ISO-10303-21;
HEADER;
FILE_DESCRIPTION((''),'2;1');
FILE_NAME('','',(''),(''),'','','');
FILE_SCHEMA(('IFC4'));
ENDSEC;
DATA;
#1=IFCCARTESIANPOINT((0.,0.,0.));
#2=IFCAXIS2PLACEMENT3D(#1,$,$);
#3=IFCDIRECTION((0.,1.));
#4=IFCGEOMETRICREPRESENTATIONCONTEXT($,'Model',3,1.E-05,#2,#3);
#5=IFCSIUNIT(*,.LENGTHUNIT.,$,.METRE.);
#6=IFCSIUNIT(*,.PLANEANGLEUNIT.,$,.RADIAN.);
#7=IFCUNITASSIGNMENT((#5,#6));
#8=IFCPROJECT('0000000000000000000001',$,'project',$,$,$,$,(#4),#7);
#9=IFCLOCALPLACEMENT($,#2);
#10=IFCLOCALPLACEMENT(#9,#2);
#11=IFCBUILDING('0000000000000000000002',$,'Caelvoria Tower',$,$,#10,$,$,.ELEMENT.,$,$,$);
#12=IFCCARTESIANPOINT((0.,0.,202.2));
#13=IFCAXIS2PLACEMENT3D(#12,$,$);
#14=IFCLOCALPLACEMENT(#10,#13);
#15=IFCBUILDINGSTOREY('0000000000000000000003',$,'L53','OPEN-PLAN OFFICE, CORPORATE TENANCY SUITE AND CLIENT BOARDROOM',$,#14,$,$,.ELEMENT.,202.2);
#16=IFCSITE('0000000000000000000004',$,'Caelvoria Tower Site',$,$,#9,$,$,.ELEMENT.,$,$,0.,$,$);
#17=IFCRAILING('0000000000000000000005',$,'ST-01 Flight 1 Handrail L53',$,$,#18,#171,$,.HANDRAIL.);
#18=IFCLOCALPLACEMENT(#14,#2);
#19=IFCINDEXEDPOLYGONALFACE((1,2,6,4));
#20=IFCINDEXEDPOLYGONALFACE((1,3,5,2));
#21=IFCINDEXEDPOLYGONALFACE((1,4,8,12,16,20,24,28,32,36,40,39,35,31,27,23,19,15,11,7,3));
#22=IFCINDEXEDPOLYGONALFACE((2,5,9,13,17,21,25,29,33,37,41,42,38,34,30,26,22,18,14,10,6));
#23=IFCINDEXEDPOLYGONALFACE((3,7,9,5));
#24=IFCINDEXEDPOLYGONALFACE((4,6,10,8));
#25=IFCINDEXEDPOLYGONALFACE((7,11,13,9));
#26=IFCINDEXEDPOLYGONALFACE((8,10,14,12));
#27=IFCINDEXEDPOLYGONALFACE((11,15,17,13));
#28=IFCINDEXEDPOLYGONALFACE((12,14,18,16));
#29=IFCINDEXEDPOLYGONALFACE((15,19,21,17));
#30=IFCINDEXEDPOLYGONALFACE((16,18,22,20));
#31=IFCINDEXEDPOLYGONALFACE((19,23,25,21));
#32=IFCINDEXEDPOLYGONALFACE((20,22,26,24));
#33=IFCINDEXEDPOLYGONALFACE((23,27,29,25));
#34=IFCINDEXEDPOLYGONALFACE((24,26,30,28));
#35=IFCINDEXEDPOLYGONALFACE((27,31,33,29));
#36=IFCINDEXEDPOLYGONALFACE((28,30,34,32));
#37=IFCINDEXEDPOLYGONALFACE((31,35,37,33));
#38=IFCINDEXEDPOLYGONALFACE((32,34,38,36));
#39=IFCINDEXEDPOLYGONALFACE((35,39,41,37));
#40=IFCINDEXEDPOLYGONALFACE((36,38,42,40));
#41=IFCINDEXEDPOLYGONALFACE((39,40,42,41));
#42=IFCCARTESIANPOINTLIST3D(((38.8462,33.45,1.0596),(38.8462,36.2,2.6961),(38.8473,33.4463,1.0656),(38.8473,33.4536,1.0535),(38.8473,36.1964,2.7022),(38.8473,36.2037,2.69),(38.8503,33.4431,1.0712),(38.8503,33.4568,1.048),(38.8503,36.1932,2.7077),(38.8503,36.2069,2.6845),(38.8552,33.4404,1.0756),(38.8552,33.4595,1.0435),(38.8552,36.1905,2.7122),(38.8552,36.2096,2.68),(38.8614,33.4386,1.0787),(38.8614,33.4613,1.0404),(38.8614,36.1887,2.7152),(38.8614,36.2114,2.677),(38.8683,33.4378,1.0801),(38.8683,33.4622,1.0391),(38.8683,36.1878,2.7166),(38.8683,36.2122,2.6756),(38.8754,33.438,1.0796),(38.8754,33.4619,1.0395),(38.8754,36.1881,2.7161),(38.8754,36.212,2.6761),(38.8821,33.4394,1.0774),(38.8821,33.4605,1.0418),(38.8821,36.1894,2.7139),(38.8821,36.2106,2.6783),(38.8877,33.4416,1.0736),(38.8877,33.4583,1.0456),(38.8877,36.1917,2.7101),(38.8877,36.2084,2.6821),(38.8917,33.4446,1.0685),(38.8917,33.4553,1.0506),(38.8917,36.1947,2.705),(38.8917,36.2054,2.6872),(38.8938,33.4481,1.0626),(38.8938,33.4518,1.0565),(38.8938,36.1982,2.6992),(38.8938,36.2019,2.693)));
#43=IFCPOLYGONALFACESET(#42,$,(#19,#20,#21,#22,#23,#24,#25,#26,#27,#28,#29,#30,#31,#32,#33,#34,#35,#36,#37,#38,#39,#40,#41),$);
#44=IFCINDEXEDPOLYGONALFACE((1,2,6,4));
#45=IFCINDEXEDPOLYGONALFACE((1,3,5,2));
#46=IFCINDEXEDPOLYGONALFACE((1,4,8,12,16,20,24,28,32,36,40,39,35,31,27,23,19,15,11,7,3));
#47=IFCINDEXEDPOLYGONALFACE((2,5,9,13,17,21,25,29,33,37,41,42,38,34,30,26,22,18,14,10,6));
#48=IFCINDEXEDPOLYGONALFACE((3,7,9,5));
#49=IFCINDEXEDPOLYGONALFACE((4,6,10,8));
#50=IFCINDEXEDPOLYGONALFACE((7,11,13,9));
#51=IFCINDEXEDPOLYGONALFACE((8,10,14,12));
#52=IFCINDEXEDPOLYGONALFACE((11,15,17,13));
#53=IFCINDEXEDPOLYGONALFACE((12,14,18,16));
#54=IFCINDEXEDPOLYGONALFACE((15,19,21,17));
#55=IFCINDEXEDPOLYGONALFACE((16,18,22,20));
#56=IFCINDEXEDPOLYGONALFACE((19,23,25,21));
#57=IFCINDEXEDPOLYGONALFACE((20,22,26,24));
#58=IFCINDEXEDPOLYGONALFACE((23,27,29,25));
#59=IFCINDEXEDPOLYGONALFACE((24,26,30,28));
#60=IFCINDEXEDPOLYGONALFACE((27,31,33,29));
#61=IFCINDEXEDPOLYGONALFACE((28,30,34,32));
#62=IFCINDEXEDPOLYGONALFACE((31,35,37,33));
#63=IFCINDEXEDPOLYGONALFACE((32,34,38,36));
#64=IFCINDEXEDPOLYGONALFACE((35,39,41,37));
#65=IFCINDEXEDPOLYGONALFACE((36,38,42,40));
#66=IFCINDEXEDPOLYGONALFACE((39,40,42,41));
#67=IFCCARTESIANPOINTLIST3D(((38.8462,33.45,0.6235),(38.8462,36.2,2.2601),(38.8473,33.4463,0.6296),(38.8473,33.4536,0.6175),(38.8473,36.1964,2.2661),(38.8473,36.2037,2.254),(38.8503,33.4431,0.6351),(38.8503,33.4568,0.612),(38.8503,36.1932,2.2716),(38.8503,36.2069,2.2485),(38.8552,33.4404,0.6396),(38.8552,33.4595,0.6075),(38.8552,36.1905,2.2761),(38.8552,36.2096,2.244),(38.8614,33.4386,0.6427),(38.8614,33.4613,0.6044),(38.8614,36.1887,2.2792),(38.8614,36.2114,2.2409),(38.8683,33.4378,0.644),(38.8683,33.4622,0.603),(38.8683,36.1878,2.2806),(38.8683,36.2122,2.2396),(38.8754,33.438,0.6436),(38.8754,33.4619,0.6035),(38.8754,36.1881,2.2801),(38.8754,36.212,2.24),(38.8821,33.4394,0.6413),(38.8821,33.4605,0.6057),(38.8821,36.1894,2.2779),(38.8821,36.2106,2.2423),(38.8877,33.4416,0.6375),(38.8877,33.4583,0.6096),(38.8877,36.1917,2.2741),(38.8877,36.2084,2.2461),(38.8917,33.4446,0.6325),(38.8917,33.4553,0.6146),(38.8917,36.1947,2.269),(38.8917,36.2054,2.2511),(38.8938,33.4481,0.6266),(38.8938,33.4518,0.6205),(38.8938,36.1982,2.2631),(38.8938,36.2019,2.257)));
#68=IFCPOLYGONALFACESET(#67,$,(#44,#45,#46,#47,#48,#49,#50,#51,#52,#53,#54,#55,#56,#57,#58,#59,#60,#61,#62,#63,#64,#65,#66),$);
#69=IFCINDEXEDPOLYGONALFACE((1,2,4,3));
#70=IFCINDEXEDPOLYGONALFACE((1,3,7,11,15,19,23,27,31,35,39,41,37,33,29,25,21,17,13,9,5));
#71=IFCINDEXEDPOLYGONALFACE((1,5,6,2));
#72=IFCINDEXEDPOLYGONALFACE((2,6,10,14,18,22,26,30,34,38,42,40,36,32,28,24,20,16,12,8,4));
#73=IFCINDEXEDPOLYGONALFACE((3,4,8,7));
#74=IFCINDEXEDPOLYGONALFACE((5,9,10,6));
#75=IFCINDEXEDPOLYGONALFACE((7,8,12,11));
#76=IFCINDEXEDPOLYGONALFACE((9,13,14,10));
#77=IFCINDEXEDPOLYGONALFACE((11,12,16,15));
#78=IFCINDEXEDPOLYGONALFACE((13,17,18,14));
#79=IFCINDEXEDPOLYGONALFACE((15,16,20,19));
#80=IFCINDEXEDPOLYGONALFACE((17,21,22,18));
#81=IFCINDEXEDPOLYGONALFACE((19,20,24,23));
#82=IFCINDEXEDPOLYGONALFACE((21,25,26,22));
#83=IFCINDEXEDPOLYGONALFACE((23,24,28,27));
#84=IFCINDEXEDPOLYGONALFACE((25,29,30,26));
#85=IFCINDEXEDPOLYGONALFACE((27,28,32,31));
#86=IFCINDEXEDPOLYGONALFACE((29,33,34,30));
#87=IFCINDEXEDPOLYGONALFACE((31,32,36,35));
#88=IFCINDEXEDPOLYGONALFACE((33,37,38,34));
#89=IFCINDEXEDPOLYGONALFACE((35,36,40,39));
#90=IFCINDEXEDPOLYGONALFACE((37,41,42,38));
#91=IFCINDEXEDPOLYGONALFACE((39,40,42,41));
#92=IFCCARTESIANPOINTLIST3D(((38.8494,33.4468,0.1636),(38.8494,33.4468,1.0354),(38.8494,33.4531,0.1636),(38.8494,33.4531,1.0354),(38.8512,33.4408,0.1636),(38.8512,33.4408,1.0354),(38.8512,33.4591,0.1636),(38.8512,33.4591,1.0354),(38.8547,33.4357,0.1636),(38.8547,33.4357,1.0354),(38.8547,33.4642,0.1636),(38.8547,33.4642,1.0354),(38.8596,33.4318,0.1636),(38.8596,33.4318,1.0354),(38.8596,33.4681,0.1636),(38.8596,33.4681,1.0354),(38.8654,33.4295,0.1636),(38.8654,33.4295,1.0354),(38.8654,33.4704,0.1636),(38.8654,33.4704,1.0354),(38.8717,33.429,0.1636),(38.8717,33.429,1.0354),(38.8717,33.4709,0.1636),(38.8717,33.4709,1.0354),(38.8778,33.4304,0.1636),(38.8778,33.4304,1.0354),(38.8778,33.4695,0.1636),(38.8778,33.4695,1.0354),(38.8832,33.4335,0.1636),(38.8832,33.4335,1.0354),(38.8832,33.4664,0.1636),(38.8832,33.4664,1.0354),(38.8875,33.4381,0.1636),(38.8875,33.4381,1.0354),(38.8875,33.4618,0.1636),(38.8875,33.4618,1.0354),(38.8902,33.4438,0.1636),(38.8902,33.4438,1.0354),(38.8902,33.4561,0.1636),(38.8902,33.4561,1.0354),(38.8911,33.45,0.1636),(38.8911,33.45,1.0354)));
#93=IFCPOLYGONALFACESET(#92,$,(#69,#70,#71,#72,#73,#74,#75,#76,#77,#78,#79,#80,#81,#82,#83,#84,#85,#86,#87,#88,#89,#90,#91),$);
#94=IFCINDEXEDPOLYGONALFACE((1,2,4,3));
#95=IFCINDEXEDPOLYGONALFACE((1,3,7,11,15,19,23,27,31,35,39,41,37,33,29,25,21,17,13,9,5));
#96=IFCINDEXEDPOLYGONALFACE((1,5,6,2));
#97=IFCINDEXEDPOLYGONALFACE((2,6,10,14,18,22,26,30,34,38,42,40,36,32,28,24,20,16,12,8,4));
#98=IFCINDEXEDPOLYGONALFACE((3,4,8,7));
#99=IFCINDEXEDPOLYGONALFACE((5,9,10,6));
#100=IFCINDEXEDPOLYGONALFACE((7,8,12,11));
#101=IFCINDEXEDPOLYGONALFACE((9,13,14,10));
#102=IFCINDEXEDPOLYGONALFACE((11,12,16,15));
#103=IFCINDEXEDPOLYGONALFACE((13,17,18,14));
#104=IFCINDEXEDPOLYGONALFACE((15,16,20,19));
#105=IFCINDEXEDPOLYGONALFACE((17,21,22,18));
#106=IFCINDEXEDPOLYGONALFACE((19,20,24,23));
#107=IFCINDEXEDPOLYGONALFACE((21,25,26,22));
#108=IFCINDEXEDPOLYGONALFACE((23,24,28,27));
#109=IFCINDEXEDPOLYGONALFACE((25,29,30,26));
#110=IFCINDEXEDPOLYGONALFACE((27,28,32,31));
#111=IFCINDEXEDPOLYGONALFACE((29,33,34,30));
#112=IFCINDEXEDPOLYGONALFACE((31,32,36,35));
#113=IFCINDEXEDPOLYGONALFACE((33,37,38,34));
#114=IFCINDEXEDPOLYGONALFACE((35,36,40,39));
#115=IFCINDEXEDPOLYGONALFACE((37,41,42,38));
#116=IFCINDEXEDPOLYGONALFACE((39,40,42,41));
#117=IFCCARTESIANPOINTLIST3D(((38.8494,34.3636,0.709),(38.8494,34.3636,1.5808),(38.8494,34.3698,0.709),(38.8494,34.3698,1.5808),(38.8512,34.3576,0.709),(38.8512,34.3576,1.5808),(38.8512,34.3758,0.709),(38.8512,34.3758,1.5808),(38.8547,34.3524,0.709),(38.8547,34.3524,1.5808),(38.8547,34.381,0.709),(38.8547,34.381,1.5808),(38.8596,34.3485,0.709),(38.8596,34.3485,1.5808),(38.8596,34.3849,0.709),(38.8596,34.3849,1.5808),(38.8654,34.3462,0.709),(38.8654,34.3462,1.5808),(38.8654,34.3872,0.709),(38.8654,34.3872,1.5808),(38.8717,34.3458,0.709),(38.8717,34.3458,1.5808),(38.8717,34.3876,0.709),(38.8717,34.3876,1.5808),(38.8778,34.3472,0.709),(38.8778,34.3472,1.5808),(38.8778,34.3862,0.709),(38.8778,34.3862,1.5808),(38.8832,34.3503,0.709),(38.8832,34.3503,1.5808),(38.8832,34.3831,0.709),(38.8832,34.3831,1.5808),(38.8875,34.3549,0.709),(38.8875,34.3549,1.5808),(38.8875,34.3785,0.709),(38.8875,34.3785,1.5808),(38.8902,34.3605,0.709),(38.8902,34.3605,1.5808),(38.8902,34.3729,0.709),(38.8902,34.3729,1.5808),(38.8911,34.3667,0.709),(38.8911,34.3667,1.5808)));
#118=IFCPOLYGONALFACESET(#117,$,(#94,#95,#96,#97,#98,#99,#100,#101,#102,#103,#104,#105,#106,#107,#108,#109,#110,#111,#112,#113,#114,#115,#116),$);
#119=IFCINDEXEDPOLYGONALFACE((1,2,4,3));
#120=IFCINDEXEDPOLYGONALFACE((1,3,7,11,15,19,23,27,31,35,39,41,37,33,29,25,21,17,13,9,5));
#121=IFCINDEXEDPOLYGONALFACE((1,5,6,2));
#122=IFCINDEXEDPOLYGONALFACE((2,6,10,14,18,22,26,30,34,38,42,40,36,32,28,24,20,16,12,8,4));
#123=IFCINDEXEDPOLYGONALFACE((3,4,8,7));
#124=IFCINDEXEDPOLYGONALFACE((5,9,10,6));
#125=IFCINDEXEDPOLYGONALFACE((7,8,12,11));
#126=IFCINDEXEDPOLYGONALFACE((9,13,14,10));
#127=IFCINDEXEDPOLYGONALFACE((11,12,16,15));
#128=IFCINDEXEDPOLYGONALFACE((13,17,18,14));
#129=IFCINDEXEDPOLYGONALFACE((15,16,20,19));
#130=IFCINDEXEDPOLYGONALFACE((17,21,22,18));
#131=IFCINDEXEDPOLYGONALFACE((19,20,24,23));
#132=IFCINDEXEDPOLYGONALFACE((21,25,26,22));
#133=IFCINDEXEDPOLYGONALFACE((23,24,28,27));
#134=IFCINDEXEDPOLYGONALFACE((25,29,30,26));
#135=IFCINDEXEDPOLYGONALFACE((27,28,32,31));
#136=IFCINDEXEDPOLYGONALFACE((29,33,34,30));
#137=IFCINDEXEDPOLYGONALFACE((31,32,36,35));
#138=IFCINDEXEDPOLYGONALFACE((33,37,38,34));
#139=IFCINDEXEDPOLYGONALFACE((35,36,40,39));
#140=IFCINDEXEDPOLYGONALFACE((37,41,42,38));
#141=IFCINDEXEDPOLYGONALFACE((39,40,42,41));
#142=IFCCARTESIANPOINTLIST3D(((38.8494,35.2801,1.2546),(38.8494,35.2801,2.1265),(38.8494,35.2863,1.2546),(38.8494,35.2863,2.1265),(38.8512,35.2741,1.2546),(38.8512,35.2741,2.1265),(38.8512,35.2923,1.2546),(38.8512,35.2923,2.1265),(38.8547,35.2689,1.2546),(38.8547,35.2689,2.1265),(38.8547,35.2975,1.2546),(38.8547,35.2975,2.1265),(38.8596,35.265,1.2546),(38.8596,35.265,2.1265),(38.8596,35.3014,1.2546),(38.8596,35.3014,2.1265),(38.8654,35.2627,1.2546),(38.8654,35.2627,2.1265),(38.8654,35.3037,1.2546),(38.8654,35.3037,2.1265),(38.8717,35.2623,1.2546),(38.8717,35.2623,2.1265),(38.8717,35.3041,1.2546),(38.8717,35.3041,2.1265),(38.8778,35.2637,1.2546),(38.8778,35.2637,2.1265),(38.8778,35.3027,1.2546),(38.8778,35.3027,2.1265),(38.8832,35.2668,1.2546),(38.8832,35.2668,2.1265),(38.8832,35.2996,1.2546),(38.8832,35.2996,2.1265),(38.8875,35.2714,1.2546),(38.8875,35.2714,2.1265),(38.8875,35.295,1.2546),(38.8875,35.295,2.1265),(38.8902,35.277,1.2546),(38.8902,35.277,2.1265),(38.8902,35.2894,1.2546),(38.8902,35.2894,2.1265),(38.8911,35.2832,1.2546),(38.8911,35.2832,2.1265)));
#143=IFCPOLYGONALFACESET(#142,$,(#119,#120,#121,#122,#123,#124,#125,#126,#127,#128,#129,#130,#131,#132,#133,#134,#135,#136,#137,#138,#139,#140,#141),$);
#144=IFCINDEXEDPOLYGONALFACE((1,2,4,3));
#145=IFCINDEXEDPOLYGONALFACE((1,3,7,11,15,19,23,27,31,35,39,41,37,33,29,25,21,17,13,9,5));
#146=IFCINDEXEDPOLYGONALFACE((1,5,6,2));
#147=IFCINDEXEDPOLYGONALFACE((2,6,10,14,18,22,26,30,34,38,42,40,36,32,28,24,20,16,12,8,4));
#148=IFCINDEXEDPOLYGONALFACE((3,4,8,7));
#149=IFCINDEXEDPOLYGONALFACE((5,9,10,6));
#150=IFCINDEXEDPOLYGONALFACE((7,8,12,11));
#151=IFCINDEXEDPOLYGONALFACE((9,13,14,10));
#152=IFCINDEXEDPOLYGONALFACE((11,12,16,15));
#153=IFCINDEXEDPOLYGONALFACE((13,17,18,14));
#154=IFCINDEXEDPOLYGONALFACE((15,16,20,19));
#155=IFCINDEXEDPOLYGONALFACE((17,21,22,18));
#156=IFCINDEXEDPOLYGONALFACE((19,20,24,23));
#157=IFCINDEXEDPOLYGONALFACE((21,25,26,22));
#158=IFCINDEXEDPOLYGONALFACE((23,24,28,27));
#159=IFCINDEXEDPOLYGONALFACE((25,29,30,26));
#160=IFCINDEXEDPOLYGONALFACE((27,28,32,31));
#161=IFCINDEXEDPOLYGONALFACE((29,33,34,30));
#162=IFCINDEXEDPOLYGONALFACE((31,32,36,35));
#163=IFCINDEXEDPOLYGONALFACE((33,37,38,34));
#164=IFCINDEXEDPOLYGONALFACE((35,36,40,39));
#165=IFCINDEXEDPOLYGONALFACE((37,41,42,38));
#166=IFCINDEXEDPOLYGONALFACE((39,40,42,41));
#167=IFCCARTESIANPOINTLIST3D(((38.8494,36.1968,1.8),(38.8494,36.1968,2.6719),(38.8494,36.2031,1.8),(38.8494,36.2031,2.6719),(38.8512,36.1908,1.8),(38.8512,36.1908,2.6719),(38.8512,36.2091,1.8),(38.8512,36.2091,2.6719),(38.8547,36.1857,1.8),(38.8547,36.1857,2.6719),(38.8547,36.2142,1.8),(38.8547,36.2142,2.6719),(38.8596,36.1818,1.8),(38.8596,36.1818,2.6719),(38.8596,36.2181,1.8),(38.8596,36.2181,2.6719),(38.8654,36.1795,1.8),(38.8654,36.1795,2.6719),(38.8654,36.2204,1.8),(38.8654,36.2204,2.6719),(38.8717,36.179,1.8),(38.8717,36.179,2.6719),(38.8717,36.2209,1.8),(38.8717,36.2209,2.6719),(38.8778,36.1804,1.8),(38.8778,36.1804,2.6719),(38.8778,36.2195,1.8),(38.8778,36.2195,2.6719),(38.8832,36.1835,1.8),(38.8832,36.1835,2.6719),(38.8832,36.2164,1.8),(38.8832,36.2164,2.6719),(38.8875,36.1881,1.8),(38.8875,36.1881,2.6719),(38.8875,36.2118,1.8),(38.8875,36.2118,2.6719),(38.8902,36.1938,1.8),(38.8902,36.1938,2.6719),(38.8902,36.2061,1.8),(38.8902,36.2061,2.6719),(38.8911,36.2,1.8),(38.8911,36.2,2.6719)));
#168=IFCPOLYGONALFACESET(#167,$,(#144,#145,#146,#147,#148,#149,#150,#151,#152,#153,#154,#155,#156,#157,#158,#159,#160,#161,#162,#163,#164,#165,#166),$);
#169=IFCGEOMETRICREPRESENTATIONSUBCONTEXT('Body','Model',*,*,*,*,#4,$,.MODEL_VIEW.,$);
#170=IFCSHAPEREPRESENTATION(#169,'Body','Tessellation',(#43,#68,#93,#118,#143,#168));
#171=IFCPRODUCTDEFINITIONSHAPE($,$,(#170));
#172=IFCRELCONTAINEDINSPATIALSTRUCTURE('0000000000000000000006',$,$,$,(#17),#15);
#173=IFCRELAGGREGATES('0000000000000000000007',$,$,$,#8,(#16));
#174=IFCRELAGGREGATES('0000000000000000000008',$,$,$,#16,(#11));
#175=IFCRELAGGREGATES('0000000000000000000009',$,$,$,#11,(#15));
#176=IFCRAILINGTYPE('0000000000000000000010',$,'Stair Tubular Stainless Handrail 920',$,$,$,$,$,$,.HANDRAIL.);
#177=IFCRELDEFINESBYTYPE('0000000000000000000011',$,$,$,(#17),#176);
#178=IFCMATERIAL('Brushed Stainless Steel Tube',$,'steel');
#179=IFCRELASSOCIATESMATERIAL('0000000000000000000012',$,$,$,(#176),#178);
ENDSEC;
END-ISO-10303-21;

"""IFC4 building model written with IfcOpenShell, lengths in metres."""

from ifc_helpers import new_model, si_unit, direction, frame, origin, origin_2d, place, context, subcontext, project, spatial, circle, extrude, material, type_object, element, save


model = new_model("IFC4")

# Units and contexts
model_context = context("Model", 3, precision=1e-05, world=origin(), true_north=direction((0.0, 1.0)))
body_context = subcontext(model_context, "Body", "Model", "MODEL_VIEW")
ifc_project = project(units=[si_unit("LENGTHUNIT", "METRE"), si_unit("PLANEANGLEUNIT", "RADIAN")], contexts=[model_context])

# Site, building, storey
site_placement = place(None, origin())
site = spatial("IfcSite", under=ifc_project, at=site_placement, Name="Caelvoria Tower Site", CompositionType="ELEMENT", RefElevation=0.0)
building_placement = place(site_placement, origin())
building = spatial("IfcBuilding", under=site, at=building_placement, Name="Caelvoria Tower", CompositionType="ELEMENT")
storey_placement = place(building_placement, frame((0.0, 0.0, 202.2)))
storey = spatial("IfcBuildingStorey", under=building, at=storey_placement, Name="L53", Description="OPEN-PLAN OFFICE, CORPORATE TENANCY SUITE AND CLIENT BOARDROOM", CompositionType="ELEMENT", Elevation=202.2)

# Railing
ifc_material_1 = material(Name="Brushed Stainless Steel Tube", Category="steel")
railing_type_1 = type_object("IfcRailingType", Name="Stair Tubular Stainless Handrail 920", PredefinedType="HANDRAIL", material=ifc_material_1)
railing_1_placement = place(storey_placement, frame((38.8701, 33.45, 0.1636)))
element("IfcRailing", 1, at=railing_1_placement, inside=storey, type_object=railing_type_1, Name="ST-01 Flight 1 Handrail L53", PredefinedType="HANDRAIL", context=body_context, shape_type="SweptSolid", body=[
    extrude(circle(Radius=0.0239, at=origin_2d()), frame((0.0, 0.0, 0.896), z_axis=(0.0, 0.859352, 0.511385), x_axis=(-1.0, 0.0, 0.0)), (0.0, 0.0, 1.0), 3.2002),
    extrude(circle(Radius=0.0239, at=origin_2d()), frame((0.0, 0.0, 0.46), z_axis=(0.0, 0.859352, 0.511385), x_axis=(-1.0, 0.0, 0.0)), (0.0, 0.0, 1.0), 3.2002),
    extrude(circle(Radius=0.021, at=origin_2d()), origin(), (0.0, 0.0, 1.0), 0.8718),
    extrude(circle(Radius=0.021, at=origin_2d()), frame((0.0, 0.9167, 0.5454)), (0.0, 0.0, 1.0), 0.8718),
    extrude(circle(Radius=0.021, at=origin_2d()), frame((0.0, 1.8333, 1.0911)), (0.0, 0.0, 1.0), 0.8718),
    extrude(circle(Radius=0.021, at=origin_2d()), frame((0.0, 2.75, 1.6365)), (0.0, 0.0, 1.0), 0.8718),
])

save(model, "model.ifc")
